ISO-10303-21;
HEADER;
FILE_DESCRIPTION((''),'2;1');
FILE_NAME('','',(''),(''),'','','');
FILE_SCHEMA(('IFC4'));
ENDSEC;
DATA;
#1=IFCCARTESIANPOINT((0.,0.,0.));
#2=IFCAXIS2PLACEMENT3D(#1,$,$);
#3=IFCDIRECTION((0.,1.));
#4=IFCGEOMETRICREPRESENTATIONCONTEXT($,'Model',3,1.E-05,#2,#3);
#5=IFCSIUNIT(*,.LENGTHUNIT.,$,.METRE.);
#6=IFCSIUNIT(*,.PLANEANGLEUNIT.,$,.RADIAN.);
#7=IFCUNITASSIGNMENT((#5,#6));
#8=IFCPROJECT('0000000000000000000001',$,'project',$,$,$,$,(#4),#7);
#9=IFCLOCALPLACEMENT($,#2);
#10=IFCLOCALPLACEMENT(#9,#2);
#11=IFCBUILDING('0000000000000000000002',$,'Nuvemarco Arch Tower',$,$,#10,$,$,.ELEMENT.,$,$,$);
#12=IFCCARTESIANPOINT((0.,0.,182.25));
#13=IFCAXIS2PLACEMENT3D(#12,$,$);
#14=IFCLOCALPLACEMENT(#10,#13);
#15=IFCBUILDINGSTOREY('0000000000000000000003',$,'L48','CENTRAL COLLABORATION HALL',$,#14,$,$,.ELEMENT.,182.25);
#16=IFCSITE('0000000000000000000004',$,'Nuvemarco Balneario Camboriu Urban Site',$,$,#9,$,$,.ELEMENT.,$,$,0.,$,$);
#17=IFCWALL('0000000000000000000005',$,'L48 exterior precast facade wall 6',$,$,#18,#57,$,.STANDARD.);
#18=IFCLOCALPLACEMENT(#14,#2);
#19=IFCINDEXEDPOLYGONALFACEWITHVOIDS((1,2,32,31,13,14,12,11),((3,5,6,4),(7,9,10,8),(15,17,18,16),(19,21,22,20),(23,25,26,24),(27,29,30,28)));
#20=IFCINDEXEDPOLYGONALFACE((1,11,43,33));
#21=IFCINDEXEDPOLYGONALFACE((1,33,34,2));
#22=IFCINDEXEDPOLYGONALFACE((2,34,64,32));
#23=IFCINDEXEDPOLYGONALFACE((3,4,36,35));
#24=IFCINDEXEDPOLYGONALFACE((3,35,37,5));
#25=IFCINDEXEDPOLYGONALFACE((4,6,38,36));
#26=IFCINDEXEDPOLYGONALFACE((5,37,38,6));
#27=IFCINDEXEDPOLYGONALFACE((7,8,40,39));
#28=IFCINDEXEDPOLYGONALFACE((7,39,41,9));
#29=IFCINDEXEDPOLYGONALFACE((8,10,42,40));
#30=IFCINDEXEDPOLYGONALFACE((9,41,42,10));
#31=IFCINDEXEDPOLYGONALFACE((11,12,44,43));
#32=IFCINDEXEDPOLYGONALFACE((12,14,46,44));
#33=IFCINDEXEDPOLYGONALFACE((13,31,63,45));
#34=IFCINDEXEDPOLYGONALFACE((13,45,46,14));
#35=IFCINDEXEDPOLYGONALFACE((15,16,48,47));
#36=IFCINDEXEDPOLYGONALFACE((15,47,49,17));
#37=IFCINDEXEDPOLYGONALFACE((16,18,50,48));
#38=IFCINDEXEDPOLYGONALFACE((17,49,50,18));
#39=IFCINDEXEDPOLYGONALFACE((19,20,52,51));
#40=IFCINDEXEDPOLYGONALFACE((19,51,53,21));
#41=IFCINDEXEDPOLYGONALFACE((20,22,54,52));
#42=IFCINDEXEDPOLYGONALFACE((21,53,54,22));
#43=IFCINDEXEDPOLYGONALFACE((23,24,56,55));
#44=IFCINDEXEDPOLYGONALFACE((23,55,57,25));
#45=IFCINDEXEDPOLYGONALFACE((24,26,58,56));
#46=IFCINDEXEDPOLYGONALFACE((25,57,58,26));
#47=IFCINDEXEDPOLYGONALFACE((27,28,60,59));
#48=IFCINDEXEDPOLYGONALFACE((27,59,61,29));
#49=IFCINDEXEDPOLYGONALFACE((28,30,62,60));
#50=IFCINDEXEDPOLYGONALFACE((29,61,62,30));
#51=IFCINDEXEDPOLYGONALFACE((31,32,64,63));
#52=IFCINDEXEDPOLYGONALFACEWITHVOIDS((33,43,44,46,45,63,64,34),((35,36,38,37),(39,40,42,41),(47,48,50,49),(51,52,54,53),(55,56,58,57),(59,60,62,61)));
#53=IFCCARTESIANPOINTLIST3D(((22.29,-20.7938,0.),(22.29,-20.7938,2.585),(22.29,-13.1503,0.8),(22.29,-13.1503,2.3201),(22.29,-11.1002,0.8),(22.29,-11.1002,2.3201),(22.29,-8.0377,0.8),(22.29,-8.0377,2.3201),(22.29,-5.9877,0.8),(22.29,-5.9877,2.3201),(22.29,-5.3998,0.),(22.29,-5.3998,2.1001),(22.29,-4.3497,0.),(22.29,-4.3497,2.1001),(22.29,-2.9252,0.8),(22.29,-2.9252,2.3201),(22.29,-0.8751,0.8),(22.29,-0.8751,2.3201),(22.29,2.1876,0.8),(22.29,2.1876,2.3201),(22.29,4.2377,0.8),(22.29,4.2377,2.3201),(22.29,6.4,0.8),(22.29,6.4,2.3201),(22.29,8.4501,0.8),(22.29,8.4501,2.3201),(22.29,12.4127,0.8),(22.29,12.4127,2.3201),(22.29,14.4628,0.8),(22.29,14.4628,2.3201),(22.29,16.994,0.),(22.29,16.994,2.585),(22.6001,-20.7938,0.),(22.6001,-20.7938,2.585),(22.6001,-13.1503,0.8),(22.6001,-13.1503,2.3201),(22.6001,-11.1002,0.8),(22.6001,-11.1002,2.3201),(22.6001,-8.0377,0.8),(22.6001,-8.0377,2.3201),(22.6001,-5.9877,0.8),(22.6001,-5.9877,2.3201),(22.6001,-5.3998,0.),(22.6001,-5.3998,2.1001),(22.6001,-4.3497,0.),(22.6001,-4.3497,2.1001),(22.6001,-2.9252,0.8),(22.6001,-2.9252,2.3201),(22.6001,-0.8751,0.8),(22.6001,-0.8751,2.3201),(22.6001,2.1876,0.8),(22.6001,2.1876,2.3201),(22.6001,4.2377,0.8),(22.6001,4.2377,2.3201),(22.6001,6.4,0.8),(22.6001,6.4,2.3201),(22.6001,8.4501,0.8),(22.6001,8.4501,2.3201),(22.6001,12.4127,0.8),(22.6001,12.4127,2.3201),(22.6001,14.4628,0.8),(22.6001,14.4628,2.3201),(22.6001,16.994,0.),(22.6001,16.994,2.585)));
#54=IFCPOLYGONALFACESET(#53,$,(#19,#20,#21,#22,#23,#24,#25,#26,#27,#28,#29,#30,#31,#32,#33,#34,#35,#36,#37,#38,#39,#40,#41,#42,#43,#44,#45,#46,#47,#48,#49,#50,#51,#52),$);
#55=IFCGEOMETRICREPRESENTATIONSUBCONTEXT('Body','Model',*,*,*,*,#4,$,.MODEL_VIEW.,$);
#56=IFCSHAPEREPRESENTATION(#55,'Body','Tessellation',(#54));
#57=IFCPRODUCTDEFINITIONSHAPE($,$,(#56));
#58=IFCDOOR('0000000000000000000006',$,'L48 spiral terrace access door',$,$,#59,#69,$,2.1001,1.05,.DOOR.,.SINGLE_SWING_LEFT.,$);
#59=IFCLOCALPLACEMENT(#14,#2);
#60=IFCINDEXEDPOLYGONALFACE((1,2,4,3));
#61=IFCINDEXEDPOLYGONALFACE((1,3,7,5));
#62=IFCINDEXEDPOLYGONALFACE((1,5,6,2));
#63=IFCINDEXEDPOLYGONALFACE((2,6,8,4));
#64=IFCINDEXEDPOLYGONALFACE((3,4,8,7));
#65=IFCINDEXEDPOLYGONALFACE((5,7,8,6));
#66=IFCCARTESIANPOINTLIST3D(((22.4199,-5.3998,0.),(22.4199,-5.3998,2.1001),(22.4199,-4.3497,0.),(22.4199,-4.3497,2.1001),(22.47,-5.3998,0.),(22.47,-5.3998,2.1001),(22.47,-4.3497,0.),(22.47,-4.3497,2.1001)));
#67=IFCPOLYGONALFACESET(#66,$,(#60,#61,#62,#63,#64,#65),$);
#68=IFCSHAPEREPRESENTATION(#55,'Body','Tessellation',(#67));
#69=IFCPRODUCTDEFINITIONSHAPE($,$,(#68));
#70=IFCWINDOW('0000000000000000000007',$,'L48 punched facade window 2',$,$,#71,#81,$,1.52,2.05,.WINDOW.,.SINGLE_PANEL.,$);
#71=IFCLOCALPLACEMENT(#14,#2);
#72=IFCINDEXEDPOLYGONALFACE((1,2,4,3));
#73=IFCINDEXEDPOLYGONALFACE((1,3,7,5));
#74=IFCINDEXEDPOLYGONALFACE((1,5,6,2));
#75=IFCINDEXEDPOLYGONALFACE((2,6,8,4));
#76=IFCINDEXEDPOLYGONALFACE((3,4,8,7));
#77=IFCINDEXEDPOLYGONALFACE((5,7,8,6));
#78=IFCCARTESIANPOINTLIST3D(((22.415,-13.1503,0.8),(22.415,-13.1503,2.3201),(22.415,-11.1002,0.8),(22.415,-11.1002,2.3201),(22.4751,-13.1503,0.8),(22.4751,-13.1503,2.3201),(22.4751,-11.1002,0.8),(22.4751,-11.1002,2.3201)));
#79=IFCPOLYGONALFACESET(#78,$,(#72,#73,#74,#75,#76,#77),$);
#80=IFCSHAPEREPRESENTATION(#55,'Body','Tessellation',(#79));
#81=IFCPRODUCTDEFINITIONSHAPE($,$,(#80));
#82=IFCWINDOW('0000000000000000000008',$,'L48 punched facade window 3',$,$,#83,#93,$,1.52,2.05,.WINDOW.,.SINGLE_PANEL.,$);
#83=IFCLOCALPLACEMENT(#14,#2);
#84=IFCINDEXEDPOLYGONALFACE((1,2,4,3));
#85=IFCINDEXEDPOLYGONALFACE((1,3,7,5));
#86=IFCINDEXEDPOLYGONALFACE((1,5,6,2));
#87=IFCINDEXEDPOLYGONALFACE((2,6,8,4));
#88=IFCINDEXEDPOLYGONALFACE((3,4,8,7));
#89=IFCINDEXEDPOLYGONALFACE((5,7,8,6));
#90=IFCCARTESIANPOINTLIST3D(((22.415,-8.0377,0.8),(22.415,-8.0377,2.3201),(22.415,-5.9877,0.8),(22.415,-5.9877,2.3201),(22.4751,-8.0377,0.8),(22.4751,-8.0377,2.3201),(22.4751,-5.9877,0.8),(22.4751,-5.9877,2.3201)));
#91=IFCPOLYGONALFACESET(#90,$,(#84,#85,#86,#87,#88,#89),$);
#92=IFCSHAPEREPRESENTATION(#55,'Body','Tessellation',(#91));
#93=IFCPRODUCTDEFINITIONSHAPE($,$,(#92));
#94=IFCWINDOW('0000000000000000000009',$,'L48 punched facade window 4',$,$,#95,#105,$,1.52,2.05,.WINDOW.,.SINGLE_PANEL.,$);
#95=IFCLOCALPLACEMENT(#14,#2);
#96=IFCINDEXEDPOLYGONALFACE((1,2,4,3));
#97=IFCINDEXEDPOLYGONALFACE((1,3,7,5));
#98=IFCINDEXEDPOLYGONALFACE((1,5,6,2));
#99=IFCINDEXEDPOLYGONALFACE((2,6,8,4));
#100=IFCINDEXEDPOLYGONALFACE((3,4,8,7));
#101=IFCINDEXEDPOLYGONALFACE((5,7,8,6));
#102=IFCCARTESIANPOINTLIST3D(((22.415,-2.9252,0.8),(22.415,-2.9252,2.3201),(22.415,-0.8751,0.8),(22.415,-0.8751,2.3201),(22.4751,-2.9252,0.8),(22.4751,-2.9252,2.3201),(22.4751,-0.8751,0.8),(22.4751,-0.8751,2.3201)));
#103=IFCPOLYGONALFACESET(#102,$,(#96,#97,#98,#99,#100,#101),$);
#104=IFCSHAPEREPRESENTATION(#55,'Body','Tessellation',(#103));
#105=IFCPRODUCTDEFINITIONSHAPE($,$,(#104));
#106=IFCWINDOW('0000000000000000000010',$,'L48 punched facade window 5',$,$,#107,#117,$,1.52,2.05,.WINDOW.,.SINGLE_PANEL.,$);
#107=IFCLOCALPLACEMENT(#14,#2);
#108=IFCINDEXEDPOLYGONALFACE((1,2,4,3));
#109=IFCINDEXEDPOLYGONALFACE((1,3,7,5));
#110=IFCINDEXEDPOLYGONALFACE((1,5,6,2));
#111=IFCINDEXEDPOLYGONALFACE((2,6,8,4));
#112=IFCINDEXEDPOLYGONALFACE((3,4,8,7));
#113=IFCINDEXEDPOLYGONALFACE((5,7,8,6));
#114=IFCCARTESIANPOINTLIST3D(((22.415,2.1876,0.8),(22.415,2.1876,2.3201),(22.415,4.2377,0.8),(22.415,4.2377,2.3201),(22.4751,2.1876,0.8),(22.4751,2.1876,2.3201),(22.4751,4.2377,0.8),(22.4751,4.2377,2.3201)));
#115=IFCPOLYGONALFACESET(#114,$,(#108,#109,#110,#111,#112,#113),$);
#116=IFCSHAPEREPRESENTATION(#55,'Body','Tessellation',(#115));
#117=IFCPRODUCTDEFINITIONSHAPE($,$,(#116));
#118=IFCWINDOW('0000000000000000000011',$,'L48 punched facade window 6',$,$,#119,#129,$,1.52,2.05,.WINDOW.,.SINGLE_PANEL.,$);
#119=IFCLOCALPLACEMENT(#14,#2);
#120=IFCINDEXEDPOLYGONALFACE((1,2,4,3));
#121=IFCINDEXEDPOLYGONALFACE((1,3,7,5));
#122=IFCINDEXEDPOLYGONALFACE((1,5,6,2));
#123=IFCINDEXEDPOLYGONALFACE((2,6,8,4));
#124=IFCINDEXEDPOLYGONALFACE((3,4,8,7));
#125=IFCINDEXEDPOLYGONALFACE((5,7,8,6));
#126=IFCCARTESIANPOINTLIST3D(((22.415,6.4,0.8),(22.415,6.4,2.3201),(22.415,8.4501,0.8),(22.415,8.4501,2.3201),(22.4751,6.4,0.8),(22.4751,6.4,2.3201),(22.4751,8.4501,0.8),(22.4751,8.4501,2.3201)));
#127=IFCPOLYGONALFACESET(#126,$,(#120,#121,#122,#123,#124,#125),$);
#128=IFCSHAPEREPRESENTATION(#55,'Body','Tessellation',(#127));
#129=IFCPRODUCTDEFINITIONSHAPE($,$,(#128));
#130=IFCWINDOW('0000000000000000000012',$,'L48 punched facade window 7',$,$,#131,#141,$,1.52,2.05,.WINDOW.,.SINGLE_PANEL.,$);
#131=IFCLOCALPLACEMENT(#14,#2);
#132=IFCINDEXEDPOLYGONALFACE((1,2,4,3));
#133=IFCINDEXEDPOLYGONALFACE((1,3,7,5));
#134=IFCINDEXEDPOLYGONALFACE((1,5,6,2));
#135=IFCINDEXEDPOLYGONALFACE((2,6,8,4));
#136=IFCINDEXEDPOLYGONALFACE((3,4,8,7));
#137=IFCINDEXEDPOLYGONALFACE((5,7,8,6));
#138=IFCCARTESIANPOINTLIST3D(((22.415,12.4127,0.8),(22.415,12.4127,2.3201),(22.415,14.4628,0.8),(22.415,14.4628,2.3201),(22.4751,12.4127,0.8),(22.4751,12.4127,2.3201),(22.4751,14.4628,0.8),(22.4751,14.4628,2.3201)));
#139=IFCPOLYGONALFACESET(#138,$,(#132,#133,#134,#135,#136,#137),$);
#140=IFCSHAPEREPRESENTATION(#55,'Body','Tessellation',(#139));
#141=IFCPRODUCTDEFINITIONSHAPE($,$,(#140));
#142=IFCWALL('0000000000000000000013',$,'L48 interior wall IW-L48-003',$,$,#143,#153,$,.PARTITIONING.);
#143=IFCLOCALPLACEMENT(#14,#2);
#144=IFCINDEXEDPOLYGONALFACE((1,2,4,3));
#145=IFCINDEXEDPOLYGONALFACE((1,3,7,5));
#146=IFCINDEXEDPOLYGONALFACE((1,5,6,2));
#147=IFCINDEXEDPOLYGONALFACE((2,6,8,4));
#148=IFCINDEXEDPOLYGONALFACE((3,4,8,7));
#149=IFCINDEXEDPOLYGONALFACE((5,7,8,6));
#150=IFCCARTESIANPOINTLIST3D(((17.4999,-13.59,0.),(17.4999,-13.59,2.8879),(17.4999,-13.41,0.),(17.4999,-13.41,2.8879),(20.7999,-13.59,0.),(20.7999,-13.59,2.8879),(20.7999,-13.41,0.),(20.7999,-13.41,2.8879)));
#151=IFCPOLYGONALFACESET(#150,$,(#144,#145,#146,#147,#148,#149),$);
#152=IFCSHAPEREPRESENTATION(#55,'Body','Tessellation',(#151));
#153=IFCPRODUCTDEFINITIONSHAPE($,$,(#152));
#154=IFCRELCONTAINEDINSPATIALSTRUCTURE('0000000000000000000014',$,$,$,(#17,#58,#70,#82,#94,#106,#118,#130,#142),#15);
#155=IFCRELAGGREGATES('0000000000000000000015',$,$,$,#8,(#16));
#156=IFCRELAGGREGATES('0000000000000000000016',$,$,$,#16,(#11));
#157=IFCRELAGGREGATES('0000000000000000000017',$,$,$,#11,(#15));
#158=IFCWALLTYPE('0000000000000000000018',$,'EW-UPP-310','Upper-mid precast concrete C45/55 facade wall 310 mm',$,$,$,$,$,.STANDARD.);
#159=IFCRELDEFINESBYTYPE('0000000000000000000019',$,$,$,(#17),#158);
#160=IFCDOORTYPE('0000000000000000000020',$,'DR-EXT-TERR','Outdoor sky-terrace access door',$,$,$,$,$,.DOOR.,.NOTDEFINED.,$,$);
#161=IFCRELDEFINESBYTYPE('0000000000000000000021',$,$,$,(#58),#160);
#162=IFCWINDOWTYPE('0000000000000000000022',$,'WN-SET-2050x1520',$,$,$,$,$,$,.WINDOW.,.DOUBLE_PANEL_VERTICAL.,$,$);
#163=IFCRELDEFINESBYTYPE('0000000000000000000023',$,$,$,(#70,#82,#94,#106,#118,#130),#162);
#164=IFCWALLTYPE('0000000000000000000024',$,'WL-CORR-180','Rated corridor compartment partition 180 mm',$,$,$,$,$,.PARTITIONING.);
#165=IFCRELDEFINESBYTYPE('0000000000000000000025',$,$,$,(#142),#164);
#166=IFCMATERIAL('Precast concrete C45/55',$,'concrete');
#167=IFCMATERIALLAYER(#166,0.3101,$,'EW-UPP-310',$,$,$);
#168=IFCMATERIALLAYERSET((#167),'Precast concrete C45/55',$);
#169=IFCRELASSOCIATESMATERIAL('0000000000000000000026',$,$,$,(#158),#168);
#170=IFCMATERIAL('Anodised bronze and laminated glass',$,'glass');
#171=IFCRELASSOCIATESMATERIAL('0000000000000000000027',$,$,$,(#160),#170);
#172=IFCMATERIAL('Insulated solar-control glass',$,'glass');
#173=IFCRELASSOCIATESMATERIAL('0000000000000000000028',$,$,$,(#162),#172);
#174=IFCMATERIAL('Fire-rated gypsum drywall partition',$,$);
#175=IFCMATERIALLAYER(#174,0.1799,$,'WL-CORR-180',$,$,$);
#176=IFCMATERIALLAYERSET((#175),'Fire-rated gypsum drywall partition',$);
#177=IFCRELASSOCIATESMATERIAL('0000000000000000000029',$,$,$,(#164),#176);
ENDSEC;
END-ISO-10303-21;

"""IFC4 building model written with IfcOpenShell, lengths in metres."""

from ifc_helpers import new_model, si_unit, direction, frame, frame_2d, origin, place, context, subcontext, project, spatial, rectangle, extrude, source, transform, mapped, material, layer, layer_set, type_object, type_shapes, element, fill, save


model = new_model("IFC4")

# Units and contexts
model_context = context("Model", 3, precision=1e-05, world=origin(), true_north=direction((0.0, 1.0)))
body_context = subcontext(model_context, "Body", "Model", "MODEL_VIEW")
ifc_project = project(units=[si_unit("LENGTHUNIT", "METRE"), si_unit("PLANEANGLEUNIT", "RADIAN")], contexts=[model_context])

# Site, building, storey
site_placement = place(None, origin())
site = spatial("IfcSite", under=ifc_project, at=site_placement, Name="Nuvemarco Balneario Camboriu Urban Site", CompositionType="ELEMENT", RefElevation=0.0)
building_placement = place(site_placement, origin())
building = spatial("IfcBuilding", under=site, at=building_placement, Name="Nuvemarco Arch Tower", CompositionType="ELEMENT")
storey_placement = place(building_placement, frame((0.0, 0.0, 182.25)))
storey = spatial("IfcBuildingStorey", under=building, at=storey_placement, Name="L48", Description="CENTRAL COLLABORATION HALL", CompositionType="ELEMENT", Elevation=182.25)

# Shared definitions
ifc_material_1 = material(Name="Precast concrete C45/55", Category="concrete")

# Shared definitions
ifc_layer_1 = layer(ifc_material_1, 0.3101, Name="EW-UPP-310")
ifc_layer_set_1 = layer_set([ifc_layer_1], Name="Precast concrete C45/55")
wall_type_1 = type_object("IfcWallType", Name="EW-UPP-310", Description="Upper-mid precast concrete C45/55 facade wall 310 mm", PredefinedType="STANDARD", material=ifc_layer_set_1)

# Wall, openings, door, windows
wall_1_placement = place(storey_placement, frame((22.4451, -20.7939, 0.0), z_axis=(0.0, 0.0, 1.0), x_axis=(0.0, 1.0, 0.0)))
wall_1 = element("IfcWall", 1, at=wall_1_placement, inside=storey, type_object=wall_type_1, Name="L48 exterior precast facade wall 6", PredefinedType="STANDARD", context=body_context, shape_type="SweptSolid", body=[
    extrude(rectangle(XDim=37.7878, YDim=0.3101, at=frame_2d((18.894, 0.0))), origin(), (0.0, 0.0, 1.0), 2.585),
])
opening_1_placement = place(wall_1_placement, frame((16.4441, 0.0, 0.0), z_axis=(0.0, 0.0, 1.0), x_axis=(-1.0, 0.0, 0.0)))
opening_1 = element("IfcOpeningElement", 2, at=opening_1_placement, cuts=wall_1, PredefinedType="OPENING", context=body_context, shape_type="SweptSolid", body=[
    extrude(rectangle(XDim=1.05, YDim=2.1001, at=frame_2d((0.5249, 1.05))), frame((0.0, 0.165, 0.0), z_axis=(0.0, -1.0, 0.0), x_axis=(1.0, 0.0, 0.0)), (0.0, 0.0, 1.0), 0.3301),
])
opening_2_placement = place(wall_1_placement, frame((7.6438, 0.0, 0.8)))
opening_2 = element("IfcOpeningElement", 3, at=opening_2_placement, cuts=wall_1, PredefinedType="OPENING", context=body_context, shape_type="SweptSolid", body=[
    extrude(rectangle(XDim=2.05, YDim=1.52, at=frame_2d((1.0249, 0.76))), frame((0.0, 0.165, 0.0), z_axis=(0.0, -1.0, 0.0), x_axis=(1.0, 0.0, 0.0)), (0.0, 0.0, 1.0), 0.3301),
])
opening_3_placement = place(wall_1_placement, frame((12.7563, 0.0, 0.8)))
opening_3 = element("IfcOpeningElement", 4, at=opening_3_placement, cuts=wall_1, PredefinedType="OPENING", context=body_context, shape_type="SweptSolid", body=[
    extrude(rectangle(XDim=2.05, YDim=1.52, at=frame_2d((1.0249, 0.76))), frame((0.0, 0.165, 0.0), z_axis=(0.0, -1.0, 0.0), x_axis=(1.0, 0.0, 0.0)), (0.0, 0.0, 1.0), 0.3301),
])
opening_4_placement = place(wall_1_placement, frame((17.8689, 0.0, 0.8)))
opening_4 = element("IfcOpeningElement", 5, at=opening_4_placement, cuts=wall_1, PredefinedType="OPENING", context=body_context, shape_type="SweptSolid", body=[
    extrude(rectangle(XDim=2.05, YDim=1.52, at=frame_2d((1.0249, 0.76))), frame((0.0, 0.165, 0.0), z_axis=(0.0, -1.0, 0.0), x_axis=(1.0, 0.0, 0.0)), (0.0, 0.0, 1.0), 0.3301),
])
opening_5_placement = place(wall_1_placement, frame((22.9817, 0.0, 0.8)))
opening_5 = element("IfcOpeningElement", 6, at=opening_5_placement, cuts=wall_1, PredefinedType="OPENING", context=body_context, shape_type="SweptSolid", body=[
    extrude(rectangle(XDim=2.05, YDim=1.52, at=frame_2d((1.0249, 0.76))), frame((0.0, 0.165, 0.0), z_axis=(0.0, -1.0, 0.0), x_axis=(1.0, 0.0, 0.0)), (0.0, 0.0, 1.0), 0.3301),
])
opening_6_placement = place(wall_1_placement, frame((27.1941, 0.0, 0.8)))
opening_6 = element("IfcOpeningElement", 7, at=opening_6_placement, cuts=wall_1, PredefinedType="OPENING", context=body_context, shape_type="SweptSolid", body=[
    extrude(rectangle(XDim=2.05, YDim=1.52, at=frame_2d((1.0249, 0.76))), frame((0.0, 0.165, 0.0), z_axis=(0.0, -1.0, 0.0), x_axis=(1.0, 0.0, 0.0)), (0.0, 0.0, 1.0), 0.3301),
])
opening_7_placement = place(wall_1_placement, frame((33.2068, 0.0, 0.8)))
opening_7 = element("IfcOpeningElement", 8, at=opening_7_placement, cuts=wall_1, PredefinedType="OPENING", context=body_context, shape_type="SweptSolid", body=[
    extrude(rectangle(XDim=2.05, YDim=1.52, at=frame_2d((1.0249, 0.76))), frame((0.0, 0.165, 0.0), z_axis=(0.0, -1.0, 0.0), x_axis=(1.0, 0.0, 0.0)), (0.0, 0.0, 1.0), 0.3301),
])
ifc_material_2 = material(Name="Anodised bronze and laminated glass", Category="glass")
door_type_1 = type_object("IfcDoorType", Name="DR-EXT-TERR", Description="Outdoor sky-terrace access door", OperationType="NOTDEFINED", PredefinedType="DOOR", material=ifc_material_2)
shared_shape_1 = source(origin(), body_context, "Body", "SweptSolid", [
    extrude(rectangle(XDim=1.05, YDim=2.1001, at=frame_2d((0.5249, 1.05))), frame((0.0, 0.0249, 0.0), z_axis=(0.0, -1.0, 0.0), x_axis=(1.0, 0.0, 0.0)), (0.0, 0.0, 1.0), 0.05),
])
type_shapes(door_type_1, [shared_shape_1])
door_1_placement = place(opening_1_placement, origin())
door_1 = element("IfcDoor", 9, at=door_1_placement, inside=storey, type_object=door_type_1, Name="L48 spiral terrace access door", OperationType="SINGLE_SWING_LEFT", OverallHeight=2.1001, OverallWidth=1.05, PredefinedType="DOOR", context=body_context, shape_type="MappedRepresentation", body=[
    mapped(shared_shape_1, transform((0.0, 0.0, 0.0), scale=1.0)),
])
fill(opening_1, door_1)
ifc_material_3 = material(Name="Insulated solar-control glass", Category="glass")
window_type = type_object("IfcWindowType", Name="WN-SET-2050x1520", PartitioningType="DOUBLE_PANEL_VERTICAL", PredefinedType="WINDOW", material=ifc_material_3)
shared_shape_2 = source(origin(), body_context, "Body", "SweptSolid", [
    extrude(rectangle(XDim=2.05, YDim=1.52, at=frame_2d((1.0249, 0.76))), frame((0.0, 0.03, 0.0), z_axis=(0.0, -1.0, 0.0), x_axis=(1.0, 0.0, 0.0)), (0.0, 0.0, 1.0), 0.0601),
])
type_shapes(window_type, [shared_shape_2])
window_1_placement = place(opening_2_placement, origin())
window_1 = element("IfcWindow", 10, at=window_1_placement, inside=storey, type_object=window_type, Name="L48 punched facade window 2", OverallHeight=1.52, OverallWidth=2.05, PartitioningType="SINGLE_PANEL", PredefinedType="WINDOW", context=body_context, shape_type="MappedRepresentation", body=[
    mapped(shared_shape_2, transform((0.0, 0.0, 0.0), scale=1.0)),
])
fill(opening_2, window_1)
window_2_placement = place(opening_3_placement, origin())
window_2 = element("IfcWindow", 11, at=window_2_placement, inside=storey, type_object=window_type, Name="L48 punched facade window 3", OverallHeight=1.52, OverallWidth=2.05, PartitioningType="SINGLE_PANEL", PredefinedType="WINDOW", context=body_context, shape_type="MappedRepresentation", body=[
    mapped(shared_shape_2, transform((0.0, 0.0, 0.0), scale=1.0)),
])
fill(opening_3, window_2)
window_3_placement = place(opening_4_placement, origin())
window_3 = element("IfcWindow", 12, at=window_3_placement, inside=storey, type_object=window_type, Name="L48 punched facade window 4", OverallHeight=1.52, OverallWidth=2.05, PartitioningType="SINGLE_PANEL", PredefinedType="WINDOW", context=body_context, shape_type="MappedRepresentation", body=[
    mapped(shared_shape_2, transform((0.0, 0.0, 0.0), scale=1.0)),
])
fill(opening_4, window_3)
window_4_placement = place(opening_5_placement, origin())
window_4 = element("IfcWindow", 13, at=window_4_placement, inside=storey, type_object=window_type, Name="L48 punched facade window 5", OverallHeight=1.52, OverallWidth=2.05, PartitioningType="SINGLE_PANEL", PredefinedType="WINDOW", context=body_context, shape_type="MappedRepresentation", body=[
    mapped(shared_shape_2, transform((0.0, 0.0, 0.0), scale=1.0)),
])
fill(opening_5, window_4)
window_5_placement = place(opening_6_placement, origin())
window_5 = element("IfcWindow", 14, at=window_5_placement, inside=storey, type_object=window_type, Name="L48 punched facade window 6", OverallHeight=1.52, OverallWidth=2.05, PartitioningType="SINGLE_PANEL", PredefinedType="WINDOW", context=body_context, shape_type="MappedRepresentation", body=[
    mapped(shared_shape_2, transform((0.0, 0.0, 0.0), scale=1.0)),
])
fill(opening_6, window_5)
window_6_placement = place(opening_7_placement, origin())
window_6 = element("IfcWindow", 15, at=window_6_placement, inside=storey, type_object=window_type, Name="L48 punched facade window 7", OverallHeight=1.52, OverallWidth=2.05, PartitioningType="SINGLE_PANEL", PredefinedType="WINDOW", context=body_context, shape_type="MappedRepresentation", body=[
    mapped(shared_shape_2, transform((0.0, 0.0, 0.0), scale=1.0)),
])
fill(opening_7, window_6)

# Wall
ifc_material_4 = material(Name="Fire-rated gypsum drywall partition")
ifc_layer_2 = layer(ifc_material_4, 0.1799, Name="WL-CORR-180")
ifc_layer_set_2 = layer_set([ifc_layer_2], Name="Fire-rated gypsum drywall partition")
wall_type_2 = type_object("IfcWallType", Name="WL-CORR-180", Description="Rated corridor compartment partition 180 mm", PredefinedType="PARTITIONING", material=ifc_layer_set_2)
wall_2_placement = place(storey_placement, frame((17.5, -13.5, 0.0), z_axis=(0.0, 0.0, 1.0), x_axis=(1.0, 0.0, 0.0)))
element("IfcWall", 16, at=wall_2_placement, inside=storey, type_object=wall_type_2, Name="L48 interior wall IW-L48-003", PredefinedType="PARTITIONING", context=body_context, shape_type="SweptSolid", body=[
    extrude(rectangle(XDim=3.3, YDim=0.1799, at=frame_2d((1.6499, 0.0))), origin(), (0.0, 0.0, 1.0), 2.8879),
])

save(model, "model.ifc")
